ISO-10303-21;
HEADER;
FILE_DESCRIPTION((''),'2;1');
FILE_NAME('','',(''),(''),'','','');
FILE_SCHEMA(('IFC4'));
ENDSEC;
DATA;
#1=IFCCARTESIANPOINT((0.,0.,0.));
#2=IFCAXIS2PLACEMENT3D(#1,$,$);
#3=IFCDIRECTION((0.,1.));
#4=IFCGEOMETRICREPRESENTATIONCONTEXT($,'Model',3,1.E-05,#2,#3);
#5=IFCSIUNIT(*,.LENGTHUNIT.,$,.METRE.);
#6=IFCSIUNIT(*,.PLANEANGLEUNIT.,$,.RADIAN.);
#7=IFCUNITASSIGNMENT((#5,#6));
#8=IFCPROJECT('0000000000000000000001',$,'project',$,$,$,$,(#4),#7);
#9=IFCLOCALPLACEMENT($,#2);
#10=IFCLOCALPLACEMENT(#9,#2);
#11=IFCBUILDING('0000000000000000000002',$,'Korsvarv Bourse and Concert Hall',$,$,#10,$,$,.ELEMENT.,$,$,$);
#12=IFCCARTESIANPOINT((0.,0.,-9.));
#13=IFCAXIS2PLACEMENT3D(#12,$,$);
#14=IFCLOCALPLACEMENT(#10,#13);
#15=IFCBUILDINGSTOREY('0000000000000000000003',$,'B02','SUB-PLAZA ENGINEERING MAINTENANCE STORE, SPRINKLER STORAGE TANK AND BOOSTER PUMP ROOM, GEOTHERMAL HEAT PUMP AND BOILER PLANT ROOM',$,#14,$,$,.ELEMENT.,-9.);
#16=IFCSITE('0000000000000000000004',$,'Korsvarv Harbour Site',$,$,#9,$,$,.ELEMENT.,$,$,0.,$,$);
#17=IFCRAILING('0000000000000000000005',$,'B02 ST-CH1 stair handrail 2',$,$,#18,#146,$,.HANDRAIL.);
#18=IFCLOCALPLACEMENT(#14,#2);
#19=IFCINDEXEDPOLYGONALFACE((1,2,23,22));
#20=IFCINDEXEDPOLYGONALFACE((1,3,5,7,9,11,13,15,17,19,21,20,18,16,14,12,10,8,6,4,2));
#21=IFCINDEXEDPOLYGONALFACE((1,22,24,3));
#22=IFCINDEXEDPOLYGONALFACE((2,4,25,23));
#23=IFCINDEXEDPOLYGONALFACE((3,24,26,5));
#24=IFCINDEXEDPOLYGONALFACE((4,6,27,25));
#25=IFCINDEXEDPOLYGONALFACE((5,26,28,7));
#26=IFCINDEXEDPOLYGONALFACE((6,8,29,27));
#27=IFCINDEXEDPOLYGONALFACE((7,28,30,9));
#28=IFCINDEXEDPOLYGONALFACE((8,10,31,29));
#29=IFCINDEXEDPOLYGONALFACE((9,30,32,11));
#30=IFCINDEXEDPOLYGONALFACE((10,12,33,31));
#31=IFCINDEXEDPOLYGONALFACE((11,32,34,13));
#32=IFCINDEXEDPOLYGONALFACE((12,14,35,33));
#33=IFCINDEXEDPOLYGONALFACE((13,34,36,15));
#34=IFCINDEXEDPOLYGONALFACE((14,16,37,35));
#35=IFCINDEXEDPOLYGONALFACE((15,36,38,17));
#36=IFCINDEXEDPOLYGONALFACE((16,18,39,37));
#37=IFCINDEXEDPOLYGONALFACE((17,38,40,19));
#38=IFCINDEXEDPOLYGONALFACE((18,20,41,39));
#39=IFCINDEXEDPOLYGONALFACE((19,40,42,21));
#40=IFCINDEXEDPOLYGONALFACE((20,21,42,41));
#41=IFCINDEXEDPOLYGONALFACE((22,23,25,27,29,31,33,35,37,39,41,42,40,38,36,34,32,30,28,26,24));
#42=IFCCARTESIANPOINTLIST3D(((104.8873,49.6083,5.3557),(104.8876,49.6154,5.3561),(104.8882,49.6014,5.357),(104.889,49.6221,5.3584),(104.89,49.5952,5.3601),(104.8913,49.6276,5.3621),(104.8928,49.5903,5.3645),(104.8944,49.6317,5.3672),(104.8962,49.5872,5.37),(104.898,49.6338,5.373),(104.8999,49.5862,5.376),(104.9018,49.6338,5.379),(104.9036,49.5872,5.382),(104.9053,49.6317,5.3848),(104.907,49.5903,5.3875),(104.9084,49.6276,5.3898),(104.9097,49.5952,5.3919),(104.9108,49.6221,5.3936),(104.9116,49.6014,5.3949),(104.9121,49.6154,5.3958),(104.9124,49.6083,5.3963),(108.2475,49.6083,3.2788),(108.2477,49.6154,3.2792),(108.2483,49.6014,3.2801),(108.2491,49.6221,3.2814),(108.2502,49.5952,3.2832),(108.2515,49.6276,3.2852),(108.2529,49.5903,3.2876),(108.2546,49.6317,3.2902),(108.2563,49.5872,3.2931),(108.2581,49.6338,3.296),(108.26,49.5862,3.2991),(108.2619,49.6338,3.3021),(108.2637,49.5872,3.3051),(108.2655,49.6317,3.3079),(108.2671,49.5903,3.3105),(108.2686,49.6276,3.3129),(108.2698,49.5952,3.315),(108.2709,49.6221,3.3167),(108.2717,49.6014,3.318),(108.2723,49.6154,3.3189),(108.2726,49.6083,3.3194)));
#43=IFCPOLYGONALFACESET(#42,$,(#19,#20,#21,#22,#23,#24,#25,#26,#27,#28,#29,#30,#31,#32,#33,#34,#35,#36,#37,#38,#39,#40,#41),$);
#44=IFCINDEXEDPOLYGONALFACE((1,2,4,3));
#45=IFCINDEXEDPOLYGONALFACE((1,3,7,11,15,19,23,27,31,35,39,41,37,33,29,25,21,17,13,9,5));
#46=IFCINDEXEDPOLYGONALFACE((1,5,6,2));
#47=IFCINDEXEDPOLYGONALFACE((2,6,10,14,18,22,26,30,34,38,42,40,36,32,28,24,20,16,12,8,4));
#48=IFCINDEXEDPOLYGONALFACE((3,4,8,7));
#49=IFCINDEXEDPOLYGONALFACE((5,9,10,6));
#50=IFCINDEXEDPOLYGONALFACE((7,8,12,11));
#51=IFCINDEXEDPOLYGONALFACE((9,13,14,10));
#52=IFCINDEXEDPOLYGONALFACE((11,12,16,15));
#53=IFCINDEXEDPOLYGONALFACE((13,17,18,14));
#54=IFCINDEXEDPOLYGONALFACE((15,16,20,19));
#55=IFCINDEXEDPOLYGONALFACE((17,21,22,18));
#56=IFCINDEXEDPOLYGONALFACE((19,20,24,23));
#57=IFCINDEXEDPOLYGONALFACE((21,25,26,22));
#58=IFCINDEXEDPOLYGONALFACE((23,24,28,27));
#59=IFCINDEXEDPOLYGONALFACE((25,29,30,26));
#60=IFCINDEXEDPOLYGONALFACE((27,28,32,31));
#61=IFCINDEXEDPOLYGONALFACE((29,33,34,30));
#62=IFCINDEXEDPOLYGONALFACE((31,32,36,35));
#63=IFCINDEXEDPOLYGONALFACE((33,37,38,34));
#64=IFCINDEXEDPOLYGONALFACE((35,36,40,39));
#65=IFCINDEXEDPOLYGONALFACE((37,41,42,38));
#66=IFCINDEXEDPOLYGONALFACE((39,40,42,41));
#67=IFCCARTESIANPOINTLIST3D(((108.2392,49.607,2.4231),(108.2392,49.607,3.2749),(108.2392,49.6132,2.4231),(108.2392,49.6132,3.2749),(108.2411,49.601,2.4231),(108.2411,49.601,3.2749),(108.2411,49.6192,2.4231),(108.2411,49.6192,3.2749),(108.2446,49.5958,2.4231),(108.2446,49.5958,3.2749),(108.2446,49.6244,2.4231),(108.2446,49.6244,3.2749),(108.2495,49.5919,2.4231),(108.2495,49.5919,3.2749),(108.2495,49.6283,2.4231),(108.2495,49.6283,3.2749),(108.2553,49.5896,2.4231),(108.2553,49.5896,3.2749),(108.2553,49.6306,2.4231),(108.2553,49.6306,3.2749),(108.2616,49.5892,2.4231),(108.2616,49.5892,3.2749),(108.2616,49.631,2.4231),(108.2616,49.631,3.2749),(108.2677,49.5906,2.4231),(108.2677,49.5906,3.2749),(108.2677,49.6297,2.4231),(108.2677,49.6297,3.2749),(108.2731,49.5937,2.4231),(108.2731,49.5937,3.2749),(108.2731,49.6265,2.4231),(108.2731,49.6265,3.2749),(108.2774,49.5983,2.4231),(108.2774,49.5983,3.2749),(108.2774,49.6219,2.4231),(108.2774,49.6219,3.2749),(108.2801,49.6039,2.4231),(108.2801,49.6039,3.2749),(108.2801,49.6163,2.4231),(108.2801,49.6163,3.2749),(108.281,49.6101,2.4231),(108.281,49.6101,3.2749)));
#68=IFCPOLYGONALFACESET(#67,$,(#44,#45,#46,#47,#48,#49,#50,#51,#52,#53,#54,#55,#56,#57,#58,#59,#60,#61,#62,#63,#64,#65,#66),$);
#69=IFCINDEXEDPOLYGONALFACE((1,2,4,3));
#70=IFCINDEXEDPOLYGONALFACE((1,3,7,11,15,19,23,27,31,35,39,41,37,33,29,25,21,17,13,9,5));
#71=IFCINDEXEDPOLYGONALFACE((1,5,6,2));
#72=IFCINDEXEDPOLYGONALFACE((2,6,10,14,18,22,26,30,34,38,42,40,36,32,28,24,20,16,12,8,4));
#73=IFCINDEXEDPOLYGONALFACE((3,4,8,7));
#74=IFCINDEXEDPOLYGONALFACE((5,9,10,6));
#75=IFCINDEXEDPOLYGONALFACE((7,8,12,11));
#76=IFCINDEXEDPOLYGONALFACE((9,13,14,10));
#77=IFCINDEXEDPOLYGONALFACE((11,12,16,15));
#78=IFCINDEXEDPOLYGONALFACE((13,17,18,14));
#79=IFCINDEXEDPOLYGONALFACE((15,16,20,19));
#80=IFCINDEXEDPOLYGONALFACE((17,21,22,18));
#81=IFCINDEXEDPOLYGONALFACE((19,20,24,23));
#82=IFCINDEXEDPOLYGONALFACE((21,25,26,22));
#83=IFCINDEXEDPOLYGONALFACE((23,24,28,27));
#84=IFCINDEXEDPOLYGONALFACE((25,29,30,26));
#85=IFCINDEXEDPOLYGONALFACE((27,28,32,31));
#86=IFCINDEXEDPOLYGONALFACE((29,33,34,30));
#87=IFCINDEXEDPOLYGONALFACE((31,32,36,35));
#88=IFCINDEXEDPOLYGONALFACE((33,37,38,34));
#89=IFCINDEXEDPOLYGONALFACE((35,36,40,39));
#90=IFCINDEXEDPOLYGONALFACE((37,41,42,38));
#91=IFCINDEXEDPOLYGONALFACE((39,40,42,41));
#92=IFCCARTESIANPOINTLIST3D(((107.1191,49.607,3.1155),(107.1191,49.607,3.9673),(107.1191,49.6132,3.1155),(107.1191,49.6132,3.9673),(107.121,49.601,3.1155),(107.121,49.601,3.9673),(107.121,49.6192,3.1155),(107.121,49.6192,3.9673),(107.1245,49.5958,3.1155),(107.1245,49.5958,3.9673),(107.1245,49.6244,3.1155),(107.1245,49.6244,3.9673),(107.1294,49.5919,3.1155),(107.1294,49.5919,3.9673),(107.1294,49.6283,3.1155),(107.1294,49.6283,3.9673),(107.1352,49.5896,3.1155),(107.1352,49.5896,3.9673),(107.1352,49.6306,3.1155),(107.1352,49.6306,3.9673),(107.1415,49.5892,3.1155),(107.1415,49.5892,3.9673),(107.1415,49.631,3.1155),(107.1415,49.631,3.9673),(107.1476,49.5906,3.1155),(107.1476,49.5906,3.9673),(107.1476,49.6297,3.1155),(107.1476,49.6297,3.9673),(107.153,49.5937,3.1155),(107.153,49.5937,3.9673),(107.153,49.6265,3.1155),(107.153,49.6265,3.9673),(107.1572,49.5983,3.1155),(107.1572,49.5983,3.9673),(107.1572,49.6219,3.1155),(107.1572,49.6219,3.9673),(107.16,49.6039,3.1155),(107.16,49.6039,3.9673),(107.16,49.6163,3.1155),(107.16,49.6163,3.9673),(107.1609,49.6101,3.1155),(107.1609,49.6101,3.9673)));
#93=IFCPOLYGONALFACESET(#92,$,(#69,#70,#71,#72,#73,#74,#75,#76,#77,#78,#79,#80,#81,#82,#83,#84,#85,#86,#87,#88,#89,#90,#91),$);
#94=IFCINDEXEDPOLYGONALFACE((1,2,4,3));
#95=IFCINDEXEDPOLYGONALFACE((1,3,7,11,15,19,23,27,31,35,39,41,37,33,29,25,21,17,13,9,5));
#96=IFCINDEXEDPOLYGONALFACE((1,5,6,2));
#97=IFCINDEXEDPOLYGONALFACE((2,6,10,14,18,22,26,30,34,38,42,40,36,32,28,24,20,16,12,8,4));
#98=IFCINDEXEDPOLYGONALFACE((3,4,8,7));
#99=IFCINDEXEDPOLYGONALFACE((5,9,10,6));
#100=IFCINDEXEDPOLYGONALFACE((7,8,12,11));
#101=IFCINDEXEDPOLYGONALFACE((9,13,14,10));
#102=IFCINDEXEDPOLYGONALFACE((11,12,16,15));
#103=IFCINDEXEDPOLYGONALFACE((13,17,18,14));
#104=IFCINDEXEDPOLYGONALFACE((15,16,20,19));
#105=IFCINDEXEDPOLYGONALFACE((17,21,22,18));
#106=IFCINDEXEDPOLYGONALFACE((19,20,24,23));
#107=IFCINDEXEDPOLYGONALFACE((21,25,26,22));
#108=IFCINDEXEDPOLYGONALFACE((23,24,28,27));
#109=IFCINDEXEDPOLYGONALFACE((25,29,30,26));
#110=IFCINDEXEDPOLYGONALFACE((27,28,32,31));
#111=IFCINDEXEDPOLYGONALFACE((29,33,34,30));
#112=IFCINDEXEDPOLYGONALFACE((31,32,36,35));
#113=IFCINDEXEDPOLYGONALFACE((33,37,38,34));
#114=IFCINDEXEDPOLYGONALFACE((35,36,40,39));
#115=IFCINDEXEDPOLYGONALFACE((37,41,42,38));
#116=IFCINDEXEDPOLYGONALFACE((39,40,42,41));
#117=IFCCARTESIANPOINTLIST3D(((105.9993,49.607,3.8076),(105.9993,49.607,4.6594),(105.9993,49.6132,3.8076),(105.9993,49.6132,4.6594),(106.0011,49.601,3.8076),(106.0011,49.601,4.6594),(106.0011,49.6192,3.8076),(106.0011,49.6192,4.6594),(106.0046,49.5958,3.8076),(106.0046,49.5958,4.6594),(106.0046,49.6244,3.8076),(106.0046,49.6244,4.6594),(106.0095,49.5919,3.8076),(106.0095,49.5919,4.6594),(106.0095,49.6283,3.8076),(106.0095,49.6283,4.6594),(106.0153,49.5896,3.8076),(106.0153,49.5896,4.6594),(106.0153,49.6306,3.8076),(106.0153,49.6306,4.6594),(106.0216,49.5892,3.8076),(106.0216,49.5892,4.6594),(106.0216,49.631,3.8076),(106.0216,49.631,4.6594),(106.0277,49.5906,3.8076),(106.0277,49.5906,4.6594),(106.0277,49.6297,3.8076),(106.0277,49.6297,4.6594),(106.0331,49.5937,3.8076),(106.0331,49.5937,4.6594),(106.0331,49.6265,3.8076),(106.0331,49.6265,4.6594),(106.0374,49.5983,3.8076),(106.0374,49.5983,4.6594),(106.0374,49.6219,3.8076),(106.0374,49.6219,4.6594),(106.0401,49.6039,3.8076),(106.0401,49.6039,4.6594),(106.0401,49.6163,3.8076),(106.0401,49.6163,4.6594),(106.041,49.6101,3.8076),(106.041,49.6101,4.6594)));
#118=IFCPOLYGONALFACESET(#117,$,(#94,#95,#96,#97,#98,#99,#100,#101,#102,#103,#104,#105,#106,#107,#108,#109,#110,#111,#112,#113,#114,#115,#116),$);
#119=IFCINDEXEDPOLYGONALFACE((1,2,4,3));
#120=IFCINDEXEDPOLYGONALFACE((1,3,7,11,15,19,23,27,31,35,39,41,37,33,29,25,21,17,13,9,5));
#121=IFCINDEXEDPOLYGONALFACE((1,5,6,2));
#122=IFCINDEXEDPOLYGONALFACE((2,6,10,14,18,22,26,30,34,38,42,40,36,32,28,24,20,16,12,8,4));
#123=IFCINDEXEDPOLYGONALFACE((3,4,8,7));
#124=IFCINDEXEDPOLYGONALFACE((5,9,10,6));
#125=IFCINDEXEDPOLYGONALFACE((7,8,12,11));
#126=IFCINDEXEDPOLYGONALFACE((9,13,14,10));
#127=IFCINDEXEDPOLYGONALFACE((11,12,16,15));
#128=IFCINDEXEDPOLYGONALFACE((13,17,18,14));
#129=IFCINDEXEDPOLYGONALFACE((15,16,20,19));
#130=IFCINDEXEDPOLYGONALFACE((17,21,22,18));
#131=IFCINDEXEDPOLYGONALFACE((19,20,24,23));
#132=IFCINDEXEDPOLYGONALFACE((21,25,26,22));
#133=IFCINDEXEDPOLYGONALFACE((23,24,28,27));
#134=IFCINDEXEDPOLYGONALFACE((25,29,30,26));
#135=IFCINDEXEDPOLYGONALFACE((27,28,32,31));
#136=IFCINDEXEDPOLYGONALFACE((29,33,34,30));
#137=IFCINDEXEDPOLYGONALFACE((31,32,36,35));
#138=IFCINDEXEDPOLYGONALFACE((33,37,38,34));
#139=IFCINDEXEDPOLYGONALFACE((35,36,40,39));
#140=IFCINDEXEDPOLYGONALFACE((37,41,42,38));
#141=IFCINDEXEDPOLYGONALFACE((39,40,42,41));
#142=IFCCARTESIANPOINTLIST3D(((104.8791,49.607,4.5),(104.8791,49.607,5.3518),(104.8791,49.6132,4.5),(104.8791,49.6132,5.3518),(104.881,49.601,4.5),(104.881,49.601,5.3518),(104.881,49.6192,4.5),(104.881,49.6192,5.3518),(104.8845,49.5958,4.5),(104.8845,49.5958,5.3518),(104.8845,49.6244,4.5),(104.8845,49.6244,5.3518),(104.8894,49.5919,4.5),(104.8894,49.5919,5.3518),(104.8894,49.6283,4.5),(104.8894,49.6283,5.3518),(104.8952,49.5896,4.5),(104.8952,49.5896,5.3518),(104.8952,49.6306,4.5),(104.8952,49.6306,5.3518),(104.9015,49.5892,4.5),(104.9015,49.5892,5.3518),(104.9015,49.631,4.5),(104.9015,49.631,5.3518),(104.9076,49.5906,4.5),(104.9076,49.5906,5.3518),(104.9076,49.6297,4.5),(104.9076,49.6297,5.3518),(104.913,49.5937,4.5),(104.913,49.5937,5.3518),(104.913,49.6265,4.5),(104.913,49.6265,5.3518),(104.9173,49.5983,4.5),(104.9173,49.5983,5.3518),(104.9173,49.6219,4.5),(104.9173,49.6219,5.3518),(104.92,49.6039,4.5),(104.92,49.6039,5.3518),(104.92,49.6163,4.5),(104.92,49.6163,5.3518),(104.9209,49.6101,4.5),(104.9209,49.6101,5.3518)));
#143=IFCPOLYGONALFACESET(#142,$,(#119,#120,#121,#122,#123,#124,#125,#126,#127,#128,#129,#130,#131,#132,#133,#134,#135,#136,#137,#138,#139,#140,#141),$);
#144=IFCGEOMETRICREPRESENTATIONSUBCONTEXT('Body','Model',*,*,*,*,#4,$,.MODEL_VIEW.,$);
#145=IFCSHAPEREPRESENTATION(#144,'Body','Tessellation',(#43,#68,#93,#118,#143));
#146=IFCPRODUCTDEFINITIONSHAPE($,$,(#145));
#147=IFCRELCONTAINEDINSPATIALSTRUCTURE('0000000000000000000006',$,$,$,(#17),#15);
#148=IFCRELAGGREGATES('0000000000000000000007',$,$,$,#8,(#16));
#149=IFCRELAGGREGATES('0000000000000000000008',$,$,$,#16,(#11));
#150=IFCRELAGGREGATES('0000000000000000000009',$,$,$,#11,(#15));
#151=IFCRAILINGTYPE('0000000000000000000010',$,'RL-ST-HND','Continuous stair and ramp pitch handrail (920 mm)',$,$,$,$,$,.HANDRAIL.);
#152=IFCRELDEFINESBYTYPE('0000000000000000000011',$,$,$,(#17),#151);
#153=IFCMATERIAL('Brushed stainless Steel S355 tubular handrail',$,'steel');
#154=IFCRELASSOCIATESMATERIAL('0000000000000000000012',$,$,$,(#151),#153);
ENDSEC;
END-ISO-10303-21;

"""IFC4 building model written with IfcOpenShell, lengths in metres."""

from ifc_helpers import new_model, si_unit, direction, frame, origin, origin_2d, place, context, subcontext, project, spatial, circle, extrude, material, type_object, element, save


model = new_model("IFC4")

# Units and contexts
model_context = context("Model", 3, precision=1e-05, world=origin(), true_north=direction((0.0, 1.0)))
body_context = subcontext(model_context, "Body", "Model", "MODEL_VIEW")
ifc_project = project(units=[si_unit("LENGTHUNIT", "METRE"), si_unit("PLANEANGLEUNIT", "RADIAN")], contexts=[model_context])

# Site, building, storey
site_placement = place(None, origin())
site = spatial("IfcSite", under=ifc_project, at=site_placement, Name="Korsvarv Harbour Site", CompositionType="ELEMENT", RefElevation=0.0)
building_placement = place(site_placement, origin())
building = spatial("IfcBuilding", under=site, at=building_placement, Name="Korsvarv Bourse and Concert Hall", CompositionType="ELEMENT")
storey_placement = place(building_placement, frame((0.0, 0.0, -9.0)))
storey = spatial("IfcBuildingStorey", under=building, at=storey_placement, Name="B02", Description="SUB-PLAZA ENGINEERING MAINTENANCE STORE, SPRINKLER STORAGE TANK AND BOOSTER PUMP ROOM, GEOTHERMAL HEAT PUMP AND BOILER PLANT ROOM", CompositionType="ELEMENT", Elevation=-9.0)

# Railing
ifc_material_1 = material(Name="Brushed stainless Steel S355 tubular handrail", Category="steel")
railing_type_1 = type_object("IfcRailingType", Name="RL-ST-HND", Description="Continuous stair and ramp pitch handrail (920 mm)", PredefinedType="HANDRAIL", material=ifc_material_1)
railing_1_placement = place(storey_placement, frame((108.26, 49.6101, 2.4231)))
element("IfcRailing", 1, at=railing_1_placement, inside=storey, type_object=railing_type_1, Name="B02 ST-CH1 stair handrail 2", PredefinedType="HANDRAIL", context=body_context, shape_type="SweptSolid", body=[
    extrude(circle(Radius=0.0239, at=origin_2d()), frame((0.0, 0.0, 0.876), z_axis=(-0.850623, 0.0, 0.525776), x_axis=(0.0, -1.0, 0.0)), (0.0, 0.0, 1.0), 3.9502),
    extrude(circle(Radius=0.021, at=origin_2d()), origin(), (0.0, 0.0, 1.0), 0.8518),
    extrude(circle(Radius=0.021, at=origin_2d()), frame((-1.1201, 0.0, 0.6924)), (0.0, 0.0, 1.0), 0.8518),
    extrude(circle(Radius=0.021, at=origin_2d()), frame((-2.24, 0.0, 1.3845)), (0.0, 0.0, 1.0), 0.8518),
    extrude(circle(Radius=0.021, at=origin_2d()), frame((-3.3601, 0.0, 2.0769)), (0.0, 0.0, 1.0), 0.8518),
])

save(model, "model.ifc")
